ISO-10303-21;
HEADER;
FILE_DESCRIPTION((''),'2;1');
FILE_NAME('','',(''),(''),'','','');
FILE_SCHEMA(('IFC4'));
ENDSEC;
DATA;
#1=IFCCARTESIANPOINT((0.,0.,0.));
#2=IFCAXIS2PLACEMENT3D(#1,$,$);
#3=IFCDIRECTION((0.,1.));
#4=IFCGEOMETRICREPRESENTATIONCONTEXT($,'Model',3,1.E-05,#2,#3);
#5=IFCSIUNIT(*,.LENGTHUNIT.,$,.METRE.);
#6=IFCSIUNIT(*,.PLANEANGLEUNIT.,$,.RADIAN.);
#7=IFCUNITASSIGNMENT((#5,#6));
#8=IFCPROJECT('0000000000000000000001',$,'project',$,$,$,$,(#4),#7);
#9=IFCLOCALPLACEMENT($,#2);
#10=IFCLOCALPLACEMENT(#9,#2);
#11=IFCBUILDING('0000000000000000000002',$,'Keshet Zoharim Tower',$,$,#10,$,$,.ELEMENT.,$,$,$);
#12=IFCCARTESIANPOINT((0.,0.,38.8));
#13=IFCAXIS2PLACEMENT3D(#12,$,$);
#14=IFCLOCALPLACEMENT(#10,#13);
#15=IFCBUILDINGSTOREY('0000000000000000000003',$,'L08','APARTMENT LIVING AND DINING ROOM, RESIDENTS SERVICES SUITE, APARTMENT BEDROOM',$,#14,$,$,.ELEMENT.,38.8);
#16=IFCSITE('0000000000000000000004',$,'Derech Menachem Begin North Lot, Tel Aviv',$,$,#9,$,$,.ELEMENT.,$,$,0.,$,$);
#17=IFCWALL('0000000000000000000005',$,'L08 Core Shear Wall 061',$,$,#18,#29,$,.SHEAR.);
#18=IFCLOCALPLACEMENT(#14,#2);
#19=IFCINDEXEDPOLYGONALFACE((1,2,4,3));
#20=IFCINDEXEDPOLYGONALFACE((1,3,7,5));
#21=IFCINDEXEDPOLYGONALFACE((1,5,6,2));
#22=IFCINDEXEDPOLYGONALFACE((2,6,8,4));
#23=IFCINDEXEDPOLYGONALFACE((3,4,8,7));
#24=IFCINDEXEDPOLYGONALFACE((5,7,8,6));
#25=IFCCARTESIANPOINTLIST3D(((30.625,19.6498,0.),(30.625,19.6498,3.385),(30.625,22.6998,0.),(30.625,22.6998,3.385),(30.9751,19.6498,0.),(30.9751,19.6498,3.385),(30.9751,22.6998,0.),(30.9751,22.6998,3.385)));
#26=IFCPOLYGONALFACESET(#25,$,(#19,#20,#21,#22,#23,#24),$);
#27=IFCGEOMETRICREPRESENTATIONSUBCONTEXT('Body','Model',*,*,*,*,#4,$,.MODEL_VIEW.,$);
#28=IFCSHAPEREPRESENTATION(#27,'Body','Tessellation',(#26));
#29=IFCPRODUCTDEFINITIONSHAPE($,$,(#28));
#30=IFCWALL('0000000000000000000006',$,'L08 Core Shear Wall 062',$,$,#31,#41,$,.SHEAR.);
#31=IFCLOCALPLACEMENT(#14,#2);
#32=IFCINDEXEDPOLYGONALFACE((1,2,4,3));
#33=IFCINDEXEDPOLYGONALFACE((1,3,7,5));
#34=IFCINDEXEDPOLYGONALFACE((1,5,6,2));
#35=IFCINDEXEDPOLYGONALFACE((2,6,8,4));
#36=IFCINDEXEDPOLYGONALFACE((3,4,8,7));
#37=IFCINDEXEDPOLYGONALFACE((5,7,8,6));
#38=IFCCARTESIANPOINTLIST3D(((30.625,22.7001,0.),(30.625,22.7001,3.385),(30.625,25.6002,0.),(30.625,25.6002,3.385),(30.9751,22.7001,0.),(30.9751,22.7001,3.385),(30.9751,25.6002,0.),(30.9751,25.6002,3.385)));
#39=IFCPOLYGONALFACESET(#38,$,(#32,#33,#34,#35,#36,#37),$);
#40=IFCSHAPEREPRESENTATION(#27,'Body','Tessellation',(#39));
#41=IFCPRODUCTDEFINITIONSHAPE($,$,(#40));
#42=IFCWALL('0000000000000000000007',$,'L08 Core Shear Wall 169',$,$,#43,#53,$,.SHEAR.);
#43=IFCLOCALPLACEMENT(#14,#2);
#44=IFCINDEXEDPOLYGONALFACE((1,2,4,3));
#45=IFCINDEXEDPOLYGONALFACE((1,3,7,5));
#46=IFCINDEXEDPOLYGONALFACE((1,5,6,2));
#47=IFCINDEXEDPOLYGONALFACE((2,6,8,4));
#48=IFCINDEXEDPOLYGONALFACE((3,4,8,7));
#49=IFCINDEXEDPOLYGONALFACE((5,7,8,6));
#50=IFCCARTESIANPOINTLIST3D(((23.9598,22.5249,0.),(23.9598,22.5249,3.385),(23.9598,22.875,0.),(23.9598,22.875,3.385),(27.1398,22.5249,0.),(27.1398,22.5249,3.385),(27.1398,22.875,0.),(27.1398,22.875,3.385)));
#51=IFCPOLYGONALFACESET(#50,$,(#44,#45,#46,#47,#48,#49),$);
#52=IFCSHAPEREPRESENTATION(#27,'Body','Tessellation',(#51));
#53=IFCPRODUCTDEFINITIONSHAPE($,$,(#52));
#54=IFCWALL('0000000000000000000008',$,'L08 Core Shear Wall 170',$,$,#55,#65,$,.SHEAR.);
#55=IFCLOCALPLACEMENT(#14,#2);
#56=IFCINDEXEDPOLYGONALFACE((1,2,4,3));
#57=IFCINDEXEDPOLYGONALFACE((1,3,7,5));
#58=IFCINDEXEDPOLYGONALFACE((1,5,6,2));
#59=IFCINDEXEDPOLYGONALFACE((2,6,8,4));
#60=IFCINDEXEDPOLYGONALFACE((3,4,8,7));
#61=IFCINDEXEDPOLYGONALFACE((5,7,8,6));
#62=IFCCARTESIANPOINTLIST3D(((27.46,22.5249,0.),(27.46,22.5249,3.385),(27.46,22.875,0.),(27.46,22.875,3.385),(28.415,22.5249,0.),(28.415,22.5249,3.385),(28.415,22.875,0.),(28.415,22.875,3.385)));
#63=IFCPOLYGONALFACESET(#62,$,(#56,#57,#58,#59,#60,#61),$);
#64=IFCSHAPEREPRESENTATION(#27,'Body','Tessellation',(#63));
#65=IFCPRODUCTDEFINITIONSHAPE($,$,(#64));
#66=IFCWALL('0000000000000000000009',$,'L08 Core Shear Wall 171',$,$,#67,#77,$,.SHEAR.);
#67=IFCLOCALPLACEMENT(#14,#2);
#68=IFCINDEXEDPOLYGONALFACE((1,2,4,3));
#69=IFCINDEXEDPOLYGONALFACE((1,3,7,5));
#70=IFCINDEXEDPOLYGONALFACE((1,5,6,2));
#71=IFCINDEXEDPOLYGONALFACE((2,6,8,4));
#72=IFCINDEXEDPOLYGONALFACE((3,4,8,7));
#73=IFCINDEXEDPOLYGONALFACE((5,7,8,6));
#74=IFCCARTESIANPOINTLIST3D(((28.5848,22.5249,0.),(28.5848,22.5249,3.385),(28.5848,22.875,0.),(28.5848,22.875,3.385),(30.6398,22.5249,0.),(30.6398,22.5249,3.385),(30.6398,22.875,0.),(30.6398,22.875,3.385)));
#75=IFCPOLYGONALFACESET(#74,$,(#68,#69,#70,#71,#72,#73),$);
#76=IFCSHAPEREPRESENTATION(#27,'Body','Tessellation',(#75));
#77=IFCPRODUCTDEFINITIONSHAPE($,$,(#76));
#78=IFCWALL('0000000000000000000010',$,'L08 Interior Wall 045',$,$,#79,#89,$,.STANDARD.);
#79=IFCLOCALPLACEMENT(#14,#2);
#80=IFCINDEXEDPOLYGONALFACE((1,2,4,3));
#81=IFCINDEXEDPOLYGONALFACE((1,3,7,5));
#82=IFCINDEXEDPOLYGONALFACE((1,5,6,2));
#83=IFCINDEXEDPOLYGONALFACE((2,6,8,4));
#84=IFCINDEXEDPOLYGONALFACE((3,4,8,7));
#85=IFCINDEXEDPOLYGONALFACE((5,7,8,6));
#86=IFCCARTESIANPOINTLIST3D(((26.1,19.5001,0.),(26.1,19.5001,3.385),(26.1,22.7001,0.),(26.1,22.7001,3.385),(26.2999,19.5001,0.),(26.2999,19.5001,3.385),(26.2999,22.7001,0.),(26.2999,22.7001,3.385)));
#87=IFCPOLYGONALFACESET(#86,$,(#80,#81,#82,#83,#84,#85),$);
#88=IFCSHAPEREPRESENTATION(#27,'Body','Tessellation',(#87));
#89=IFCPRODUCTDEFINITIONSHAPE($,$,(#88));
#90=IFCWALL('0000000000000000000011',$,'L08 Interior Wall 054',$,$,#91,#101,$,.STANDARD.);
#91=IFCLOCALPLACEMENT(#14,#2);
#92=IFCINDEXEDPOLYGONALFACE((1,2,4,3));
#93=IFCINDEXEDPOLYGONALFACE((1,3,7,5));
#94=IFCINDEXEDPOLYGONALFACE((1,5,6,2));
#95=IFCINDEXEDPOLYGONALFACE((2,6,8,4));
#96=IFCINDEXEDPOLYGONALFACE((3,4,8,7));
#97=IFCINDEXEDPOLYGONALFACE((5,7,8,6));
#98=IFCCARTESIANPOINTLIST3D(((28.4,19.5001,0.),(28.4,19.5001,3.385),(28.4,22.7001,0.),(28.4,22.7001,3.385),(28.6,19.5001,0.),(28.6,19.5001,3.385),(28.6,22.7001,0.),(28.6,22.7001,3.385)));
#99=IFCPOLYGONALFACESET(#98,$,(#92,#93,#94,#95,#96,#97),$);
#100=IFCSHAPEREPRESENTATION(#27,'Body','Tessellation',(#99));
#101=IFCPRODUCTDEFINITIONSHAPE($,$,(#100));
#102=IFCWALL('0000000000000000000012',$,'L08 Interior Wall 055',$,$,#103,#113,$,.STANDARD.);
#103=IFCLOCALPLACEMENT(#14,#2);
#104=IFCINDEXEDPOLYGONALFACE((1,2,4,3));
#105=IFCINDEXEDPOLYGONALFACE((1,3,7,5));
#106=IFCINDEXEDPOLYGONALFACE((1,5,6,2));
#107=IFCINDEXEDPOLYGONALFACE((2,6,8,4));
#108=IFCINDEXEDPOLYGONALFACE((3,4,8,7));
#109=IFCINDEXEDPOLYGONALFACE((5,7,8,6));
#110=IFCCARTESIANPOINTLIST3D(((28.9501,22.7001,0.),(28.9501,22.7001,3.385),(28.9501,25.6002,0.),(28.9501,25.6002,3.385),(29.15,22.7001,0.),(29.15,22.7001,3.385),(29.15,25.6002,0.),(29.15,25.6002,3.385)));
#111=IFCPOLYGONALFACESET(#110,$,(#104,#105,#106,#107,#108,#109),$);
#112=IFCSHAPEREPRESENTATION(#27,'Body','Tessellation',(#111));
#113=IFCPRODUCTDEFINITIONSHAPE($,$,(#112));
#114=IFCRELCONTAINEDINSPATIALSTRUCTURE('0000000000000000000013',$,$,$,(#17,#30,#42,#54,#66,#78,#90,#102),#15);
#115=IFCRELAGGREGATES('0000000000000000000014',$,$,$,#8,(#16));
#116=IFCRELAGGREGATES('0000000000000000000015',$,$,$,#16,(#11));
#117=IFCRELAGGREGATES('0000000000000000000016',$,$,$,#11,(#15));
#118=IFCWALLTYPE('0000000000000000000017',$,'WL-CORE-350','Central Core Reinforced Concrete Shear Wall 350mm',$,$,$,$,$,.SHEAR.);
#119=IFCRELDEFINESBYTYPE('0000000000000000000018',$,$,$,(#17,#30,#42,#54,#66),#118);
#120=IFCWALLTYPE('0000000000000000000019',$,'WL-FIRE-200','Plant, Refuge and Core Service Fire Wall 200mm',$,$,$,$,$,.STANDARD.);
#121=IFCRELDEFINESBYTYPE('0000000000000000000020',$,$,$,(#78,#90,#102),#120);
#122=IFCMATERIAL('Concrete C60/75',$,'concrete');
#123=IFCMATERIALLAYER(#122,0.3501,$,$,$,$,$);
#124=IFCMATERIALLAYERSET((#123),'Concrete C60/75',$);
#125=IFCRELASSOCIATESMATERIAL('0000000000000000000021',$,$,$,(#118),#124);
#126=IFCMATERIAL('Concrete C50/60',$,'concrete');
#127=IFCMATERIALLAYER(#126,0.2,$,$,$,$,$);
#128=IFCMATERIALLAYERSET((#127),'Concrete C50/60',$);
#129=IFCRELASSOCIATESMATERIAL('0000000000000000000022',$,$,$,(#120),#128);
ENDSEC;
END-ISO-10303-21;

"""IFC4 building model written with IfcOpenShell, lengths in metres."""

from ifc_helpers import new_model, si_unit, direction, frame, frame_2d, origin, place, context, subcontext, project, spatial, rectangle, extrude, material, layer, layer_set, type_object, element, save


model = new_model("IFC4")

# Units and contexts
model_context = context("Model", 3, precision=1e-05, world=origin(), true_north=direction((0.0, 1.0)))
body_context = subcontext(model_context, "Body", "Model", "MODEL_VIEW")
ifc_project = project(units=[si_unit("LENGTHUNIT", "METRE"), si_unit("PLANEANGLEUNIT", "RADIAN")], contexts=[model_context])

# Site, building, storey
site_placement = place(None, origin())
site = spatial("IfcSite", under=ifc_project, at=site_placement, Name="Derech Menachem Begin North Lot, Tel Aviv", CompositionType="ELEMENT", RefElevation=0.0)
building_placement = place(site_placement, origin())
building = spatial("IfcBuilding", under=site, at=building_placement, Name="Keshet Zoharim Tower", CompositionType="ELEMENT")
storey_placement = place(building_placement, frame((0.0, 0.0, 38.8)))
storey = spatial("IfcBuildingStorey", under=building, at=storey_placement, Name="L08", Description="APARTMENT LIVING AND DINING ROOM, RESIDENTS SERVICES SUITE, APARTMENT BEDROOM", CompositionType="ELEMENT", Elevation=38.8)

# Shared definitions
ifc_material_1 = material(Name="Concrete C60/75", Category="concrete")

# Shared definitions
ifc_layer_1 = layer(ifc_material_1, 0.3501)
ifc_layer_set_1 = layer_set([ifc_layer_1], Name="Concrete C60/75")
wall_type_1 = type_object("IfcWallType", Name="WL-CORE-350", Description="Central Core Reinforced Concrete Shear Wall 350mm", PredefinedType="SHEAR", material=ifc_layer_set_1)

# Walls
wall_1_placement = place(storey_placement, frame((30.8, 19.6499, 0.0), z_axis=(0.0, 0.0, 1.0), x_axis=(0.0, 1.0, 0.0)))
element("IfcWall", 1, at=wall_1_placement, inside=storey, type_object=wall_type_1, Name="L08 Core Shear Wall 061", PredefinedType="SHEAR", context=body_context, shape_type="SweptSolid", body=[
    extrude(rectangle(XDim=3.05, YDim=0.3501, at=frame_2d((1.5249, 0.0))), origin(), (0.0, 0.0, 1.0), 3.385),
])
wall_2_placement = place(storey_placement, frame((30.8, 22.7, 0.0), z_axis=(0.0, 0.0, 1.0), x_axis=(0.0, 1.0, 0.0)))
element("IfcWall", 2, at=wall_2_placement, inside=storey, type_object=wall_type_1, Name="L08 Core Shear Wall 062", PredefinedType="SHEAR", context=body_context, shape_type="SweptSolid", body=[
    extrude(rectangle(XDim=2.9001, YDim=0.3501, at=frame_2d((1.4502, 0.0))), origin(), (0.0, 0.0, 1.0), 3.385),
])
wall_3_placement = place(storey_placement, frame((23.96, 22.7, 0.0), z_axis=(0.0, 0.0, 1.0), x_axis=(1.0, 0.0, 0.0)))
element("IfcWall", 3, at=wall_3_placement, inside=storey, type_object=wall_type_1, Name="L08 Core Shear Wall 169", PredefinedType="SHEAR", context=body_context, shape_type="SweptSolid", body=[
    extrude(rectangle(XDim=3.1799, YDim=0.3501, at=frame_2d((1.5898, 0.0))), origin(), (0.0, 0.0, 1.0), 3.385),
])
wall_4_placement = place(storey_placement, frame((27.46, 22.7, 0.0), z_axis=(0.0, 0.0, 1.0), x_axis=(1.0, 0.0, 0.0)))
element("IfcWall", 4, at=wall_4_placement, inside=storey, type_object=wall_type_1, Name="L08 Core Shear Wall 170", PredefinedType="SHEAR", context=body_context, shape_type="SweptSolid", body=[
    extrude(rectangle(XDim=0.9551, YDim=0.3501, at=frame_2d((0.4775, 0.0))), origin(), (0.0, 0.0, 1.0), 3.385),
])
wall_5_placement = place(storey_placement, frame((28.585, 22.7, 0.0), z_axis=(0.0, 0.0, 1.0), x_axis=(1.0, 0.0, 0.0)))
element("IfcWall", 5, at=wall_5_placement, inside=storey, type_object=wall_type_1, Name="L08 Core Shear Wall 171", PredefinedType="SHEAR", context=body_context, shape_type="SweptSolid", body=[
    extrude(rectangle(XDim=2.0549, YDim=0.3501, at=frame_2d((1.0273, 0.0))), origin(), (0.0, 0.0, 1.0), 3.385),
])
ifc_material_2 = material(Name="Concrete C50/60", Category="concrete")
ifc_layer_2 = layer(ifc_material_2, 0.2)
ifc_layer_set_2 = layer_set([ifc_layer_2], Name="Concrete C50/60")
wall_type_2 = type_object("IfcWallType", Name="WL-FIRE-200", Description="Plant, Refuge and Core Service Fire Wall 200mm", PredefinedType="STANDARD", material=ifc_layer_set_2)
for number, where, z_axis, x_axis, name in (
    (6, (26.2, 19.5, 0.0), (0.0, 0.0, 1.0), (0.0, 1.0, 0.0), "L08 Interior Wall 045"),
    (7, (28.5, 19.5, 0.0), (0.0, 0.0, 1.0), (0.0, 1.0, 0.0), "L08 Interior Wall 054"),
):
    element("IfcWall", number, at=place(storey_placement, frame(where, z_axis=z_axis, x_axis=x_axis)), inside=storey, type_object=wall_type_2, Name=name, PredefinedType="STANDARD", context=body_context, shape_type="SweptSolid", body=[
        extrude(rectangle(XDim=3.2, YDim=0.2, at=frame_2d((1.6001, 0.0))), origin(), (0.0, 0.0, 1.0), 3.385),
    ])
wall_6_placement = place(storey_placement, frame((29.05, 22.7, 0.0), z_axis=(0.0, 0.0, 1.0), x_axis=(0.0, 1.0, 0.0)))
element("IfcWall", 8, at=wall_6_placement, inside=storey, type_object=wall_type_2, Name="L08 Interior Wall 055", PredefinedType="STANDARD", context=body_context, shape_type="SweptSolid", body=[
    extrude(rectangle(XDim=2.9001, YDim=0.2, at=frame_2d((1.4502, 0.0))), origin(), (0.0, 0.0, 1.0), 3.385),
])

save(model, "model.ifc")
